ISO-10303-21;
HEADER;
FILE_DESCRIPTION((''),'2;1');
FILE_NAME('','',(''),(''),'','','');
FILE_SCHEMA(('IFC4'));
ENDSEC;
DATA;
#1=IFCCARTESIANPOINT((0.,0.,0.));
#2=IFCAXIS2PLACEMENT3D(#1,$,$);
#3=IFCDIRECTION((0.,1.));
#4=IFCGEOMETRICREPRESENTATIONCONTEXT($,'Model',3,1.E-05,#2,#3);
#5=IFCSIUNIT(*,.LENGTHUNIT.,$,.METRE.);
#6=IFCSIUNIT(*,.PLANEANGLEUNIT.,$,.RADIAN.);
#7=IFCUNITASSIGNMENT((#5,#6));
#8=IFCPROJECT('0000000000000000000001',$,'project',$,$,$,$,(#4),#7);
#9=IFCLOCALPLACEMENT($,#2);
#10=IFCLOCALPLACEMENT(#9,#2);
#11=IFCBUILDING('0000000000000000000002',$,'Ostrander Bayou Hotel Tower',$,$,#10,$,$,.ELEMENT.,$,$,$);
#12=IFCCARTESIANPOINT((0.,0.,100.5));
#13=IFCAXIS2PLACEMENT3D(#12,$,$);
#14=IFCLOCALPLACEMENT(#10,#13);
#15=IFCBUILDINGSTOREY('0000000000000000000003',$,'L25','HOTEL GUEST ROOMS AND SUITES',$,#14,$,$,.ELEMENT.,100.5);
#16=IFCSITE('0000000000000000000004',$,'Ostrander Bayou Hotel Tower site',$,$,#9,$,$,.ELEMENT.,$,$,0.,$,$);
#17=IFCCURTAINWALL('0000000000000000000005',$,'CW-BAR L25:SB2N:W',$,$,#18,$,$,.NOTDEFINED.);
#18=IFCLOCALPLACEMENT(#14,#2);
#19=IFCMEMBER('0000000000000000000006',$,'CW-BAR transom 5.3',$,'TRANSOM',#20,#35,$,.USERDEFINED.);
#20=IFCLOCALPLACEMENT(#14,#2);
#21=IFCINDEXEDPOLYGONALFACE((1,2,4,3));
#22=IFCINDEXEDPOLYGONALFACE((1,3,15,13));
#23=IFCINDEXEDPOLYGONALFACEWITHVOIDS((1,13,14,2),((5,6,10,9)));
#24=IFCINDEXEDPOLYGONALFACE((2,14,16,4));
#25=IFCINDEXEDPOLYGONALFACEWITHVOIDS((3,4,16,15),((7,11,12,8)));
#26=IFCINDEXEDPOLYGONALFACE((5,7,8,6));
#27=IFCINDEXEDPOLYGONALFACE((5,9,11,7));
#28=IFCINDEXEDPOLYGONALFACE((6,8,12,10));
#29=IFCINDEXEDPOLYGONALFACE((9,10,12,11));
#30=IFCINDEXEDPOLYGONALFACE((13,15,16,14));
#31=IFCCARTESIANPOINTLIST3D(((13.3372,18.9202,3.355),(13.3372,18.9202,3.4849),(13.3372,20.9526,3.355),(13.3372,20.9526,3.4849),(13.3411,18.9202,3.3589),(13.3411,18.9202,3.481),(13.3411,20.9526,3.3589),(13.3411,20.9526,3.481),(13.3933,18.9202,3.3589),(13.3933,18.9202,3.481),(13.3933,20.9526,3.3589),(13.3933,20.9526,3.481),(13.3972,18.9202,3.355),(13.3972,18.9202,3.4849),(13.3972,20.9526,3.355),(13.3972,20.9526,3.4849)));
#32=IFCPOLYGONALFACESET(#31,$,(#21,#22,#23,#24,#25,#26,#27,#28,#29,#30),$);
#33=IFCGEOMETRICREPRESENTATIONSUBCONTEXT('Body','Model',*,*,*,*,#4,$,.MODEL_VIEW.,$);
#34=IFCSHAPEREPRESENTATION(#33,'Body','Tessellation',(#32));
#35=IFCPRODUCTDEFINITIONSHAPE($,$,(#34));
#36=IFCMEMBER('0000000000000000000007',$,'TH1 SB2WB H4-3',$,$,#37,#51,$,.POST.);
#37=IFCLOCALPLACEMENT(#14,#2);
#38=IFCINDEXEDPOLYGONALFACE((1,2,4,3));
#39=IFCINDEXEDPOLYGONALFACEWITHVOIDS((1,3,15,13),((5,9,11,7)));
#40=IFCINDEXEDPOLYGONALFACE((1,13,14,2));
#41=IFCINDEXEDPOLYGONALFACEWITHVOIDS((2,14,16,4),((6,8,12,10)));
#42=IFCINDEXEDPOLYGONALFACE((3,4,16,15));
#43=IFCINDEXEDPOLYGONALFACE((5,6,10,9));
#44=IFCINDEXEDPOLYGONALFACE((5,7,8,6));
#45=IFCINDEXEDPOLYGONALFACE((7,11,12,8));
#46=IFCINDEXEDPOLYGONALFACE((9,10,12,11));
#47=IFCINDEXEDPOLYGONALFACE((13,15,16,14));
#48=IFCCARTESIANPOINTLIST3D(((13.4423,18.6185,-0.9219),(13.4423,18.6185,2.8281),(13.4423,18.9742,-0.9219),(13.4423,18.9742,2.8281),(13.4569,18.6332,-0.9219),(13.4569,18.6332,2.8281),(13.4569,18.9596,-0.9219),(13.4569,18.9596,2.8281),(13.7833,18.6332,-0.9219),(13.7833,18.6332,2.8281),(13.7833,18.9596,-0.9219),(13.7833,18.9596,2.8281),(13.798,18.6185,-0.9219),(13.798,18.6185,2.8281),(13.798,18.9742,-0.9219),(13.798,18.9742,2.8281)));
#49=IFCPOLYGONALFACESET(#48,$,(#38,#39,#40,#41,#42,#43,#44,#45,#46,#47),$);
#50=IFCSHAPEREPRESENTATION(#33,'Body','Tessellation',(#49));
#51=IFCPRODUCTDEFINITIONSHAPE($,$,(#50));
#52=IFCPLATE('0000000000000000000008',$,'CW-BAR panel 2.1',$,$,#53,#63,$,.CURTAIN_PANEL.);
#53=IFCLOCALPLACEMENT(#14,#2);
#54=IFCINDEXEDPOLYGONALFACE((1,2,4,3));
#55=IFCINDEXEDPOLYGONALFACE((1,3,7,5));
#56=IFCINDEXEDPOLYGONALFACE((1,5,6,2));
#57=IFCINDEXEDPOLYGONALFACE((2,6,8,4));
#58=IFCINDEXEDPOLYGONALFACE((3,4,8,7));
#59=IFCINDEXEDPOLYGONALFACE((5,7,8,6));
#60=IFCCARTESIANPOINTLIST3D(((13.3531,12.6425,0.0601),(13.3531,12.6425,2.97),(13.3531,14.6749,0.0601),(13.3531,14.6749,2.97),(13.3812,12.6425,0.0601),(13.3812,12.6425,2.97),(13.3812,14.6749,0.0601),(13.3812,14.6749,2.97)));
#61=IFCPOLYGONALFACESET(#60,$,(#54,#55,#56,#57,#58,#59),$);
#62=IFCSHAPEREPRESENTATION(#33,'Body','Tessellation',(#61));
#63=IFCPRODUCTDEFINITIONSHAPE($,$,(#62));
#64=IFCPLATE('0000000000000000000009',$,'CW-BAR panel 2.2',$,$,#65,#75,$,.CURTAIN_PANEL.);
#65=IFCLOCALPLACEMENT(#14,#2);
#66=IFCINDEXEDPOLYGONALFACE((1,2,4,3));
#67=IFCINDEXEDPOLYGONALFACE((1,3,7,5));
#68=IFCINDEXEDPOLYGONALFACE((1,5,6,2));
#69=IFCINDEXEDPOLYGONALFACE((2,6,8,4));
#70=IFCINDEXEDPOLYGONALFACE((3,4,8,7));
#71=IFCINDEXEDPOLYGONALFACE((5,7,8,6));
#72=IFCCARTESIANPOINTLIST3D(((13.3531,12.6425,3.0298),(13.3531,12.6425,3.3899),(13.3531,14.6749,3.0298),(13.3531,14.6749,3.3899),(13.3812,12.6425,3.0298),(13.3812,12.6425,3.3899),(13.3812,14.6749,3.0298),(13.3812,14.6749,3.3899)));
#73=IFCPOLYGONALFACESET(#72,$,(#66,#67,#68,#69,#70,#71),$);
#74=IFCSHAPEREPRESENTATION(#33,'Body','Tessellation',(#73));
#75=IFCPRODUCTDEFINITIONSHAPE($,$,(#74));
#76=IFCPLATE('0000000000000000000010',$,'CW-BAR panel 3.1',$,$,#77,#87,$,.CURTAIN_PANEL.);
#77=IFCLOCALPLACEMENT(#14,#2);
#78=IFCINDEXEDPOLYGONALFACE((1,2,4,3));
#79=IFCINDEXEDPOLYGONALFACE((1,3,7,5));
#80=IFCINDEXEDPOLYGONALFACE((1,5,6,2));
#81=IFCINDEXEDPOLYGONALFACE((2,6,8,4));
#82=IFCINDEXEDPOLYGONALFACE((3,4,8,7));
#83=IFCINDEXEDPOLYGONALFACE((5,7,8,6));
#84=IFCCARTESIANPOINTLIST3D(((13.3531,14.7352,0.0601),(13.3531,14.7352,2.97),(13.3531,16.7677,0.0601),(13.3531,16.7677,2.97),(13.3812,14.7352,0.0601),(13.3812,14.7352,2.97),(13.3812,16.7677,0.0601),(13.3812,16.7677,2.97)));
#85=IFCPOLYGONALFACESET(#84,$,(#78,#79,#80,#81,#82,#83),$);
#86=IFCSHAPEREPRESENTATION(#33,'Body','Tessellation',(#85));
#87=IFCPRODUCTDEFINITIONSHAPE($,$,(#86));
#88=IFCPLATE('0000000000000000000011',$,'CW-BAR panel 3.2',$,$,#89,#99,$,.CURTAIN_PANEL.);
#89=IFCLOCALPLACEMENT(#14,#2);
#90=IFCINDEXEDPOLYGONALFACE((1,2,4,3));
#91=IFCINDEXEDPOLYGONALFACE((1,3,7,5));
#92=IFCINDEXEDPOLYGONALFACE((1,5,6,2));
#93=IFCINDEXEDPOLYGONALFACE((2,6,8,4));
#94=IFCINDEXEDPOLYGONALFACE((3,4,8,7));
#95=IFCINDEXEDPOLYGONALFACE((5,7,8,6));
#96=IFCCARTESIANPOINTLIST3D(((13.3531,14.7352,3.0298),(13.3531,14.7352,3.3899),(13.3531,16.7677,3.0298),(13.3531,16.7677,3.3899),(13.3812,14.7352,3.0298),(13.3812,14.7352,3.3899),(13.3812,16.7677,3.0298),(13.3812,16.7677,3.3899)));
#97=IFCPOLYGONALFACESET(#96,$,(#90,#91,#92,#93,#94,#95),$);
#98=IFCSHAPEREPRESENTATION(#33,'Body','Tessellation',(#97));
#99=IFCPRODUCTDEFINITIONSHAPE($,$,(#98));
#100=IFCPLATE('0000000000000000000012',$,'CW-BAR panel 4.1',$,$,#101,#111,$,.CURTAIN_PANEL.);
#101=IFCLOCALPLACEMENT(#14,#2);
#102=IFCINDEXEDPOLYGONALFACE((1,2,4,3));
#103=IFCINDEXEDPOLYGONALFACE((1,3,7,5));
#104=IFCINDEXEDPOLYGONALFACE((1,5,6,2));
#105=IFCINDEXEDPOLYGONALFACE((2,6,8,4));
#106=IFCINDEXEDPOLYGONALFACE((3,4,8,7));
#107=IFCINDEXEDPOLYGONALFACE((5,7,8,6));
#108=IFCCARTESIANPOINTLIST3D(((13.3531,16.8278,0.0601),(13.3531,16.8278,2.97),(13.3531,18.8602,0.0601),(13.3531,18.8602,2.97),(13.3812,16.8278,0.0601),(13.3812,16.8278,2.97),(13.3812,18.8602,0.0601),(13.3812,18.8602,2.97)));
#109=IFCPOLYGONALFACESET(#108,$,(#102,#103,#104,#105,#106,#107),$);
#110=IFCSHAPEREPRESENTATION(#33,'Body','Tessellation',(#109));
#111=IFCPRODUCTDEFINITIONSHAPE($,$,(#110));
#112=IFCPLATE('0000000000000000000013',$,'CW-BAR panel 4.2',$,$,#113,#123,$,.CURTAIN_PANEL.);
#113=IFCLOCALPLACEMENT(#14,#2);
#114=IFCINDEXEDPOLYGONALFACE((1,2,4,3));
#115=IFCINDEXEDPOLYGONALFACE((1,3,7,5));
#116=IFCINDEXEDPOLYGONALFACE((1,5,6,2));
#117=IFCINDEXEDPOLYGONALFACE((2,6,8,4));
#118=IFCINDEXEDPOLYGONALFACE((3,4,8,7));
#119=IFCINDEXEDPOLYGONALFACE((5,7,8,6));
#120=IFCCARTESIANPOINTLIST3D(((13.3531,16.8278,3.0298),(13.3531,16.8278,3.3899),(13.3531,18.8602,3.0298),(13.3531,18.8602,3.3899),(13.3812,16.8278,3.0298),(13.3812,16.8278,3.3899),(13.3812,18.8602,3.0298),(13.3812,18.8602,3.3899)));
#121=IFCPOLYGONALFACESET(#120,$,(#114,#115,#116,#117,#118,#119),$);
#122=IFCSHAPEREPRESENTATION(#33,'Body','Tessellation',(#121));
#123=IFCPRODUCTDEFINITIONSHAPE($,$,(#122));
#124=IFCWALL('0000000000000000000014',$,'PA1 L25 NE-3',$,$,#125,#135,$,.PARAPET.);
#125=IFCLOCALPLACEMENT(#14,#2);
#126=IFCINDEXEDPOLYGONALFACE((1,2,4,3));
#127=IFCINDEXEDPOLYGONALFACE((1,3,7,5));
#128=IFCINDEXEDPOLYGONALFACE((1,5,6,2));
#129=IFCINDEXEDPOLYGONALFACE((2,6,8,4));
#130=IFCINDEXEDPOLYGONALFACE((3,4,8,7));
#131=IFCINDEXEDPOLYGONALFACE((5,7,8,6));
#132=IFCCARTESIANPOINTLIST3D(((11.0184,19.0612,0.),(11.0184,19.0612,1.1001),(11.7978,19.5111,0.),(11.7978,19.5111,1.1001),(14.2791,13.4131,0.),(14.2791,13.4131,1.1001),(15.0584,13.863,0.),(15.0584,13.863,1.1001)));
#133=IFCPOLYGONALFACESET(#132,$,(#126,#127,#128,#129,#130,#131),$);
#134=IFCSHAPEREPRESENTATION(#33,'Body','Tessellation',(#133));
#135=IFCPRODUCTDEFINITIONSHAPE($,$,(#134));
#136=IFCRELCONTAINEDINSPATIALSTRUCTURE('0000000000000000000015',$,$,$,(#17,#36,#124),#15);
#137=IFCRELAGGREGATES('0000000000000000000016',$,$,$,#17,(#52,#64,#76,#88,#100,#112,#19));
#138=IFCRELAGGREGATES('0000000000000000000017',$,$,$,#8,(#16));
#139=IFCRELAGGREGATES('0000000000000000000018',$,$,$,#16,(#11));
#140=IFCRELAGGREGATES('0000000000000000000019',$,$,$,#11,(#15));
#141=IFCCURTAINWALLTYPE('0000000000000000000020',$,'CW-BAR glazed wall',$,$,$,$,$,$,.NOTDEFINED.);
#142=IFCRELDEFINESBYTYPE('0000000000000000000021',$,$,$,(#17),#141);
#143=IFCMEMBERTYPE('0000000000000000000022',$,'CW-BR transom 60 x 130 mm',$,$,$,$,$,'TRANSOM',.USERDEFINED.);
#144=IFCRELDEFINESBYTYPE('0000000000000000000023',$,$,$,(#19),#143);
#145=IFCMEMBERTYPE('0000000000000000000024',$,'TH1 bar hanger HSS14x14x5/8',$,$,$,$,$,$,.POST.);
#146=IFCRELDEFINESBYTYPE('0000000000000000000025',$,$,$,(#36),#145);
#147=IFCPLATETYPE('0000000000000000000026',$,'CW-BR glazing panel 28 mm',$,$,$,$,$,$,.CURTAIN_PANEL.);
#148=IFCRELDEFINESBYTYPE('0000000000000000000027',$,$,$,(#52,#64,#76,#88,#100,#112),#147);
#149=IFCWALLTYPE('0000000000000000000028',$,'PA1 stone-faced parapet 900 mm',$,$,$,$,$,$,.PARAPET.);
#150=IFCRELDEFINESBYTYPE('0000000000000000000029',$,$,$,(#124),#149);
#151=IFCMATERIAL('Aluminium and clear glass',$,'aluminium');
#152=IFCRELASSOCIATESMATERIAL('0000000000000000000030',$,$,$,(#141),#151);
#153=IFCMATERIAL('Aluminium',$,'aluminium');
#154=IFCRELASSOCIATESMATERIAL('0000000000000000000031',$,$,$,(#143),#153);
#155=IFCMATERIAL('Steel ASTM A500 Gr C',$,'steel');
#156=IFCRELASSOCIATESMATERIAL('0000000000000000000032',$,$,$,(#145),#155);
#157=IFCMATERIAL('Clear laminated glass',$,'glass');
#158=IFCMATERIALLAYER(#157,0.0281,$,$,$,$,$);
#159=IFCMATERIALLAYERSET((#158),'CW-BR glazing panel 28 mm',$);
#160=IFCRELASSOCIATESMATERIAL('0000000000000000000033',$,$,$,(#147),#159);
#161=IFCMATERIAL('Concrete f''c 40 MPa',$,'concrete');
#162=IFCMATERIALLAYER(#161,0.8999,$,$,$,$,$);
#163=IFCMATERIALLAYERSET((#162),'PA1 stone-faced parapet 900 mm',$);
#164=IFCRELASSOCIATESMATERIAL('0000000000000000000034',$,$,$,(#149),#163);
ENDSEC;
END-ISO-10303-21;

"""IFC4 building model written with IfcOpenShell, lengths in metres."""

from ifc_helpers import new_model, si_unit, direction, frame, frame_2d, origin, origin_2d, place, context, subcontext, project, spatial, rectangle, hollow_rectangle, extrude, material, layer, layer_set, material_profile, profile_set, type_object, element, aggregate, save


model = new_model("IFC4")

# Units and contexts
model_context = context("Model", 3, precision=1e-05, world=origin(), true_north=direction((0.0, 1.0)))
body_context = subcontext(model_context, "Body", "Model", "MODEL_VIEW")
ifc_project = project(units=[si_unit("LENGTHUNIT", "METRE"), si_unit("PLANEANGLEUNIT", "RADIAN")], contexts=[model_context])

# Site, building, storey
site_placement = place(None, origin())
site = spatial("IfcSite", under=ifc_project, at=site_placement, Name="Ostrander Bayou Hotel Tower site", CompositionType="ELEMENT", RefElevation=0.0)
building_placement = place(site_placement, origin())
building = spatial("IfcBuilding", under=site, at=building_placement, Name="Ostrander Bayou Hotel Tower", CompositionType="ELEMENT")
storey_placement = place(building_placement, frame((0.0, 0.0, 100.5)))
storey = spatial("IfcBuildingStorey", under=building, at=storey_placement, Name="L25", Description="HOTEL GUEST ROOMS AND SUITES", CompositionType="ELEMENT", Elevation=100.5)

# Curtain wall, member
ifc_material_1 = material(Name="Aluminium and clear glass", Category="aluminium")
curtain_wall_type = type_object("IfcCurtainWallType", Name="CW-BAR glazed wall", PredefinedType="NOTDEFINED", material=ifc_material_1)
curtain_wall_placement = place(storey_placement, origin())
curtain_wall = element("IfcCurtainWall", 1, at=curtain_wall_placement, inside=storey, type_object=curtain_wall_type, Name="CW-BAR L25:SB2N:W", PredefinedType="NOTDEFINED")
ifc_material_2 = material(Name="Aluminium", Category="aluminium")
ifc_material_profile_1 = material_profile(ifc_material_2, hollow_rectangle(XDim=0.0601, YDim=0.1299, WallThickness=0.0039, at=origin_2d()))
ifc_profile_set_1 = profile_set([ifc_material_profile_1], Name="Aluminium")
member_type_1 = type_object("IfcMemberType", Name="CW-BR transom 60 x 130 mm", ElementType="TRANSOM", PredefinedType="USERDEFINED", material=ifc_profile_set_1)
member_1_placement = place(storey_placement, frame((13.3672, 18.9202, 3.4199), z_axis=(0.0, 1.0, 0.0), x_axis=(-1.0, 0.0, 0.0)))
member_1 = element("IfcMember", 2, at=member_1_placement, type_object=member_type_1, Name="CW-BAR transom 5.3", ObjectType="TRANSOM", PredefinedType="USERDEFINED", context=body_context, shape_type="SweptSolid", body=[
    extrude(hollow_rectangle(XDim=0.0601, YDim=0.1299, WallThickness=0.0039, at=origin_2d()), origin(), (0.0, 0.0, 1.0), 2.0325),
])

# Member
ifc_material_3 = material(Name="Steel ASTM A500 Gr C", Category="steel")
ifc_material_profile_2 = material_profile(ifc_material_3, hollow_rectangle(XDim=0.3557, YDim=0.3557, WallThickness=0.0146, at=origin_2d()))
ifc_profile_set_2 = profile_set([ifc_material_profile_2], Name="Steel ASTM A500 Gr C")
member_type_2 = type_object("IfcMemberType", Name="TH1 bar hanger HSS14x14x5/8", PredefinedType="POST", material=ifc_profile_set_2)
member_2_placement = place(storey_placement, frame((13.6201, 18.7964, -0.9219), z_axis=(0.0, 0.0, 1.0), x_axis=(1.0, 0.0, 0.0)))
element("IfcMember", 3, at=member_2_placement, inside=storey, type_object=member_type_2, Name="TH1 SB2WB H4-3", PredefinedType="POST", context=body_context, shape_type="SweptSolid", body=[
    extrude(hollow_rectangle(XDim=0.3557, YDim=0.3557, WallThickness=0.0146, at=origin_2d()), origin(), (0.0, 0.0, 1.0), 3.75),
])

# Plates
ifc_material_4 = material(Name="Clear laminated glass", Category="glass")
ifc_layer_1 = layer(ifc_material_4, 0.0281)
ifc_layer_set_1 = layer_set([ifc_layer_1], Name="CW-BR glazing panel 28 mm")
plate_type = type_object("IfcPlateType", Name="CW-BR glazing panel 28 mm", PredefinedType="CURTAIN_PANEL", material=ifc_layer_set_1)
plate_1_placement = place(storey_placement, frame((13.3672, 13.6587, 0.0601), z_axis=(0.0, 0.0, 1.0), x_axis=(0.0, 1.0, 0.0)))
plate_1 = element("IfcPlate", 4, at=plate_1_placement, type_object=plate_type, Name="CW-BAR panel 2.1", PredefinedType="CURTAIN_PANEL", context=body_context, shape_type="SweptSolid", body=[
    extrude(rectangle(XDim=2.0325, YDim=0.0281, at=origin_2d()), origin(), (0.0, 0.0, 1.0), 2.9099),
])
plate_2_placement = place(storey_placement, frame((13.3672, 13.6587, 3.0298), z_axis=(0.0, 0.0, 1.0), x_axis=(0.0, 1.0, 0.0)))
plate_2 = element("IfcPlate", 5, at=plate_2_placement, type_object=plate_type, Name="CW-BAR panel 2.2", PredefinedType="CURTAIN_PANEL", context=body_context, shape_type="SweptSolid", body=[
    extrude(rectangle(XDim=2.0325, YDim=0.0281, at=origin_2d()), origin(), (0.0, 0.0, 1.0), 0.3601),
])
plate_3_placement = place(storey_placement, frame((13.3672, 15.7515, 0.0601), z_axis=(0.0, 0.0, 1.0), x_axis=(0.0, 1.0, 0.0)))
plate_3 = element("IfcPlate", 6, at=plate_3_placement, type_object=plate_type, Name="CW-BAR panel 3.1", PredefinedType="CURTAIN_PANEL", context=body_context, shape_type="SweptSolid", body=[
    extrude(rectangle(XDim=2.0325, YDim=0.0281, at=origin_2d()), origin(), (0.0, 0.0, 1.0), 2.9099),
])
plate_4_placement = place(storey_placement, frame((13.3672, 15.7515, 3.0298), z_axis=(0.0, 0.0, 1.0), x_axis=(0.0, 1.0, 0.0)))
plate_4 = element("IfcPlate", 7, at=plate_4_placement, type_object=plate_type, Name="CW-BAR panel 3.2", PredefinedType="CURTAIN_PANEL", context=body_context, shape_type="SweptSolid", body=[
    extrude(rectangle(XDim=2.0325, YDim=0.0281, at=origin_2d()), origin(), (0.0, 0.0, 1.0), 0.3601),
])
plate_5_placement = place(storey_placement, frame((13.3672, 17.844, 0.0601), z_axis=(0.0, 0.0, 1.0), x_axis=(0.0, 1.0, 0.0)))
plate_5 = element("IfcPlate", 8, at=plate_5_placement, type_object=plate_type, Name="CW-BAR panel 4.1", PredefinedType="CURTAIN_PANEL", context=body_context, shape_type="SweptSolid", body=[
    extrude(rectangle(XDim=2.0325, YDim=0.0281, at=origin_2d()), origin(), (0.0, 0.0, 1.0), 2.9099),
])
plate_6_placement = place(storey_placement, frame((13.3672, 17.844, 3.0298), z_axis=(0.0, 0.0, 1.0), x_axis=(0.0, 1.0, 0.0)))
plate_6 = element("IfcPlate", 9, at=plate_6_placement, type_object=plate_type, Name="CW-BAR panel 4.2", PredefinedType="CURTAIN_PANEL", context=body_context, shape_type="SweptSolid", body=[
    extrude(rectangle(XDim=2.0325, YDim=0.0281, at=origin_2d()), origin(), (0.0, 0.0, 1.0), 0.3601),
])
aggregate(curtain_wall, [plate_1, plate_2, plate_3, plate_4, plate_5, plate_6, member_1])

# Wall
ifc_material_5 = material(Name="Concrete f'c 40 MPa", Category="concrete")
ifc_layer_2 = layer(ifc_material_5, 0.8999)
ifc_layer_set_2 = layer_set([ifc_layer_2], Name="PA1 stone-faced parapet 900 mm")
wall_type = type_object("IfcWallType", Name="PA1 stone-faced parapet 900 mm", PredefinedType="PARAPET", material=ifc_layer_set_2)
wall_placement = place(storey_placement, frame((14.6687, 13.6382, 0.0), z_axis=(0.0, 0.0, 1.0), x_axis=(-0.499972, 0.866042, 0.0)))
element("IfcWall", 10, at=wall_placement, inside=storey, type_object=wall_type, Name="PA1 L25 NE-3", PredefinedType="PARAPET", context=body_context, shape_type="SweptSolid", body=[
    extrude(rectangle(XDim=6.5217, YDim=0.8999, at=frame_2d((3.2607, 0.0))), origin(), (0.0, 0.0, 1.0), 1.1001),
])

save(model, "model.ifc")
